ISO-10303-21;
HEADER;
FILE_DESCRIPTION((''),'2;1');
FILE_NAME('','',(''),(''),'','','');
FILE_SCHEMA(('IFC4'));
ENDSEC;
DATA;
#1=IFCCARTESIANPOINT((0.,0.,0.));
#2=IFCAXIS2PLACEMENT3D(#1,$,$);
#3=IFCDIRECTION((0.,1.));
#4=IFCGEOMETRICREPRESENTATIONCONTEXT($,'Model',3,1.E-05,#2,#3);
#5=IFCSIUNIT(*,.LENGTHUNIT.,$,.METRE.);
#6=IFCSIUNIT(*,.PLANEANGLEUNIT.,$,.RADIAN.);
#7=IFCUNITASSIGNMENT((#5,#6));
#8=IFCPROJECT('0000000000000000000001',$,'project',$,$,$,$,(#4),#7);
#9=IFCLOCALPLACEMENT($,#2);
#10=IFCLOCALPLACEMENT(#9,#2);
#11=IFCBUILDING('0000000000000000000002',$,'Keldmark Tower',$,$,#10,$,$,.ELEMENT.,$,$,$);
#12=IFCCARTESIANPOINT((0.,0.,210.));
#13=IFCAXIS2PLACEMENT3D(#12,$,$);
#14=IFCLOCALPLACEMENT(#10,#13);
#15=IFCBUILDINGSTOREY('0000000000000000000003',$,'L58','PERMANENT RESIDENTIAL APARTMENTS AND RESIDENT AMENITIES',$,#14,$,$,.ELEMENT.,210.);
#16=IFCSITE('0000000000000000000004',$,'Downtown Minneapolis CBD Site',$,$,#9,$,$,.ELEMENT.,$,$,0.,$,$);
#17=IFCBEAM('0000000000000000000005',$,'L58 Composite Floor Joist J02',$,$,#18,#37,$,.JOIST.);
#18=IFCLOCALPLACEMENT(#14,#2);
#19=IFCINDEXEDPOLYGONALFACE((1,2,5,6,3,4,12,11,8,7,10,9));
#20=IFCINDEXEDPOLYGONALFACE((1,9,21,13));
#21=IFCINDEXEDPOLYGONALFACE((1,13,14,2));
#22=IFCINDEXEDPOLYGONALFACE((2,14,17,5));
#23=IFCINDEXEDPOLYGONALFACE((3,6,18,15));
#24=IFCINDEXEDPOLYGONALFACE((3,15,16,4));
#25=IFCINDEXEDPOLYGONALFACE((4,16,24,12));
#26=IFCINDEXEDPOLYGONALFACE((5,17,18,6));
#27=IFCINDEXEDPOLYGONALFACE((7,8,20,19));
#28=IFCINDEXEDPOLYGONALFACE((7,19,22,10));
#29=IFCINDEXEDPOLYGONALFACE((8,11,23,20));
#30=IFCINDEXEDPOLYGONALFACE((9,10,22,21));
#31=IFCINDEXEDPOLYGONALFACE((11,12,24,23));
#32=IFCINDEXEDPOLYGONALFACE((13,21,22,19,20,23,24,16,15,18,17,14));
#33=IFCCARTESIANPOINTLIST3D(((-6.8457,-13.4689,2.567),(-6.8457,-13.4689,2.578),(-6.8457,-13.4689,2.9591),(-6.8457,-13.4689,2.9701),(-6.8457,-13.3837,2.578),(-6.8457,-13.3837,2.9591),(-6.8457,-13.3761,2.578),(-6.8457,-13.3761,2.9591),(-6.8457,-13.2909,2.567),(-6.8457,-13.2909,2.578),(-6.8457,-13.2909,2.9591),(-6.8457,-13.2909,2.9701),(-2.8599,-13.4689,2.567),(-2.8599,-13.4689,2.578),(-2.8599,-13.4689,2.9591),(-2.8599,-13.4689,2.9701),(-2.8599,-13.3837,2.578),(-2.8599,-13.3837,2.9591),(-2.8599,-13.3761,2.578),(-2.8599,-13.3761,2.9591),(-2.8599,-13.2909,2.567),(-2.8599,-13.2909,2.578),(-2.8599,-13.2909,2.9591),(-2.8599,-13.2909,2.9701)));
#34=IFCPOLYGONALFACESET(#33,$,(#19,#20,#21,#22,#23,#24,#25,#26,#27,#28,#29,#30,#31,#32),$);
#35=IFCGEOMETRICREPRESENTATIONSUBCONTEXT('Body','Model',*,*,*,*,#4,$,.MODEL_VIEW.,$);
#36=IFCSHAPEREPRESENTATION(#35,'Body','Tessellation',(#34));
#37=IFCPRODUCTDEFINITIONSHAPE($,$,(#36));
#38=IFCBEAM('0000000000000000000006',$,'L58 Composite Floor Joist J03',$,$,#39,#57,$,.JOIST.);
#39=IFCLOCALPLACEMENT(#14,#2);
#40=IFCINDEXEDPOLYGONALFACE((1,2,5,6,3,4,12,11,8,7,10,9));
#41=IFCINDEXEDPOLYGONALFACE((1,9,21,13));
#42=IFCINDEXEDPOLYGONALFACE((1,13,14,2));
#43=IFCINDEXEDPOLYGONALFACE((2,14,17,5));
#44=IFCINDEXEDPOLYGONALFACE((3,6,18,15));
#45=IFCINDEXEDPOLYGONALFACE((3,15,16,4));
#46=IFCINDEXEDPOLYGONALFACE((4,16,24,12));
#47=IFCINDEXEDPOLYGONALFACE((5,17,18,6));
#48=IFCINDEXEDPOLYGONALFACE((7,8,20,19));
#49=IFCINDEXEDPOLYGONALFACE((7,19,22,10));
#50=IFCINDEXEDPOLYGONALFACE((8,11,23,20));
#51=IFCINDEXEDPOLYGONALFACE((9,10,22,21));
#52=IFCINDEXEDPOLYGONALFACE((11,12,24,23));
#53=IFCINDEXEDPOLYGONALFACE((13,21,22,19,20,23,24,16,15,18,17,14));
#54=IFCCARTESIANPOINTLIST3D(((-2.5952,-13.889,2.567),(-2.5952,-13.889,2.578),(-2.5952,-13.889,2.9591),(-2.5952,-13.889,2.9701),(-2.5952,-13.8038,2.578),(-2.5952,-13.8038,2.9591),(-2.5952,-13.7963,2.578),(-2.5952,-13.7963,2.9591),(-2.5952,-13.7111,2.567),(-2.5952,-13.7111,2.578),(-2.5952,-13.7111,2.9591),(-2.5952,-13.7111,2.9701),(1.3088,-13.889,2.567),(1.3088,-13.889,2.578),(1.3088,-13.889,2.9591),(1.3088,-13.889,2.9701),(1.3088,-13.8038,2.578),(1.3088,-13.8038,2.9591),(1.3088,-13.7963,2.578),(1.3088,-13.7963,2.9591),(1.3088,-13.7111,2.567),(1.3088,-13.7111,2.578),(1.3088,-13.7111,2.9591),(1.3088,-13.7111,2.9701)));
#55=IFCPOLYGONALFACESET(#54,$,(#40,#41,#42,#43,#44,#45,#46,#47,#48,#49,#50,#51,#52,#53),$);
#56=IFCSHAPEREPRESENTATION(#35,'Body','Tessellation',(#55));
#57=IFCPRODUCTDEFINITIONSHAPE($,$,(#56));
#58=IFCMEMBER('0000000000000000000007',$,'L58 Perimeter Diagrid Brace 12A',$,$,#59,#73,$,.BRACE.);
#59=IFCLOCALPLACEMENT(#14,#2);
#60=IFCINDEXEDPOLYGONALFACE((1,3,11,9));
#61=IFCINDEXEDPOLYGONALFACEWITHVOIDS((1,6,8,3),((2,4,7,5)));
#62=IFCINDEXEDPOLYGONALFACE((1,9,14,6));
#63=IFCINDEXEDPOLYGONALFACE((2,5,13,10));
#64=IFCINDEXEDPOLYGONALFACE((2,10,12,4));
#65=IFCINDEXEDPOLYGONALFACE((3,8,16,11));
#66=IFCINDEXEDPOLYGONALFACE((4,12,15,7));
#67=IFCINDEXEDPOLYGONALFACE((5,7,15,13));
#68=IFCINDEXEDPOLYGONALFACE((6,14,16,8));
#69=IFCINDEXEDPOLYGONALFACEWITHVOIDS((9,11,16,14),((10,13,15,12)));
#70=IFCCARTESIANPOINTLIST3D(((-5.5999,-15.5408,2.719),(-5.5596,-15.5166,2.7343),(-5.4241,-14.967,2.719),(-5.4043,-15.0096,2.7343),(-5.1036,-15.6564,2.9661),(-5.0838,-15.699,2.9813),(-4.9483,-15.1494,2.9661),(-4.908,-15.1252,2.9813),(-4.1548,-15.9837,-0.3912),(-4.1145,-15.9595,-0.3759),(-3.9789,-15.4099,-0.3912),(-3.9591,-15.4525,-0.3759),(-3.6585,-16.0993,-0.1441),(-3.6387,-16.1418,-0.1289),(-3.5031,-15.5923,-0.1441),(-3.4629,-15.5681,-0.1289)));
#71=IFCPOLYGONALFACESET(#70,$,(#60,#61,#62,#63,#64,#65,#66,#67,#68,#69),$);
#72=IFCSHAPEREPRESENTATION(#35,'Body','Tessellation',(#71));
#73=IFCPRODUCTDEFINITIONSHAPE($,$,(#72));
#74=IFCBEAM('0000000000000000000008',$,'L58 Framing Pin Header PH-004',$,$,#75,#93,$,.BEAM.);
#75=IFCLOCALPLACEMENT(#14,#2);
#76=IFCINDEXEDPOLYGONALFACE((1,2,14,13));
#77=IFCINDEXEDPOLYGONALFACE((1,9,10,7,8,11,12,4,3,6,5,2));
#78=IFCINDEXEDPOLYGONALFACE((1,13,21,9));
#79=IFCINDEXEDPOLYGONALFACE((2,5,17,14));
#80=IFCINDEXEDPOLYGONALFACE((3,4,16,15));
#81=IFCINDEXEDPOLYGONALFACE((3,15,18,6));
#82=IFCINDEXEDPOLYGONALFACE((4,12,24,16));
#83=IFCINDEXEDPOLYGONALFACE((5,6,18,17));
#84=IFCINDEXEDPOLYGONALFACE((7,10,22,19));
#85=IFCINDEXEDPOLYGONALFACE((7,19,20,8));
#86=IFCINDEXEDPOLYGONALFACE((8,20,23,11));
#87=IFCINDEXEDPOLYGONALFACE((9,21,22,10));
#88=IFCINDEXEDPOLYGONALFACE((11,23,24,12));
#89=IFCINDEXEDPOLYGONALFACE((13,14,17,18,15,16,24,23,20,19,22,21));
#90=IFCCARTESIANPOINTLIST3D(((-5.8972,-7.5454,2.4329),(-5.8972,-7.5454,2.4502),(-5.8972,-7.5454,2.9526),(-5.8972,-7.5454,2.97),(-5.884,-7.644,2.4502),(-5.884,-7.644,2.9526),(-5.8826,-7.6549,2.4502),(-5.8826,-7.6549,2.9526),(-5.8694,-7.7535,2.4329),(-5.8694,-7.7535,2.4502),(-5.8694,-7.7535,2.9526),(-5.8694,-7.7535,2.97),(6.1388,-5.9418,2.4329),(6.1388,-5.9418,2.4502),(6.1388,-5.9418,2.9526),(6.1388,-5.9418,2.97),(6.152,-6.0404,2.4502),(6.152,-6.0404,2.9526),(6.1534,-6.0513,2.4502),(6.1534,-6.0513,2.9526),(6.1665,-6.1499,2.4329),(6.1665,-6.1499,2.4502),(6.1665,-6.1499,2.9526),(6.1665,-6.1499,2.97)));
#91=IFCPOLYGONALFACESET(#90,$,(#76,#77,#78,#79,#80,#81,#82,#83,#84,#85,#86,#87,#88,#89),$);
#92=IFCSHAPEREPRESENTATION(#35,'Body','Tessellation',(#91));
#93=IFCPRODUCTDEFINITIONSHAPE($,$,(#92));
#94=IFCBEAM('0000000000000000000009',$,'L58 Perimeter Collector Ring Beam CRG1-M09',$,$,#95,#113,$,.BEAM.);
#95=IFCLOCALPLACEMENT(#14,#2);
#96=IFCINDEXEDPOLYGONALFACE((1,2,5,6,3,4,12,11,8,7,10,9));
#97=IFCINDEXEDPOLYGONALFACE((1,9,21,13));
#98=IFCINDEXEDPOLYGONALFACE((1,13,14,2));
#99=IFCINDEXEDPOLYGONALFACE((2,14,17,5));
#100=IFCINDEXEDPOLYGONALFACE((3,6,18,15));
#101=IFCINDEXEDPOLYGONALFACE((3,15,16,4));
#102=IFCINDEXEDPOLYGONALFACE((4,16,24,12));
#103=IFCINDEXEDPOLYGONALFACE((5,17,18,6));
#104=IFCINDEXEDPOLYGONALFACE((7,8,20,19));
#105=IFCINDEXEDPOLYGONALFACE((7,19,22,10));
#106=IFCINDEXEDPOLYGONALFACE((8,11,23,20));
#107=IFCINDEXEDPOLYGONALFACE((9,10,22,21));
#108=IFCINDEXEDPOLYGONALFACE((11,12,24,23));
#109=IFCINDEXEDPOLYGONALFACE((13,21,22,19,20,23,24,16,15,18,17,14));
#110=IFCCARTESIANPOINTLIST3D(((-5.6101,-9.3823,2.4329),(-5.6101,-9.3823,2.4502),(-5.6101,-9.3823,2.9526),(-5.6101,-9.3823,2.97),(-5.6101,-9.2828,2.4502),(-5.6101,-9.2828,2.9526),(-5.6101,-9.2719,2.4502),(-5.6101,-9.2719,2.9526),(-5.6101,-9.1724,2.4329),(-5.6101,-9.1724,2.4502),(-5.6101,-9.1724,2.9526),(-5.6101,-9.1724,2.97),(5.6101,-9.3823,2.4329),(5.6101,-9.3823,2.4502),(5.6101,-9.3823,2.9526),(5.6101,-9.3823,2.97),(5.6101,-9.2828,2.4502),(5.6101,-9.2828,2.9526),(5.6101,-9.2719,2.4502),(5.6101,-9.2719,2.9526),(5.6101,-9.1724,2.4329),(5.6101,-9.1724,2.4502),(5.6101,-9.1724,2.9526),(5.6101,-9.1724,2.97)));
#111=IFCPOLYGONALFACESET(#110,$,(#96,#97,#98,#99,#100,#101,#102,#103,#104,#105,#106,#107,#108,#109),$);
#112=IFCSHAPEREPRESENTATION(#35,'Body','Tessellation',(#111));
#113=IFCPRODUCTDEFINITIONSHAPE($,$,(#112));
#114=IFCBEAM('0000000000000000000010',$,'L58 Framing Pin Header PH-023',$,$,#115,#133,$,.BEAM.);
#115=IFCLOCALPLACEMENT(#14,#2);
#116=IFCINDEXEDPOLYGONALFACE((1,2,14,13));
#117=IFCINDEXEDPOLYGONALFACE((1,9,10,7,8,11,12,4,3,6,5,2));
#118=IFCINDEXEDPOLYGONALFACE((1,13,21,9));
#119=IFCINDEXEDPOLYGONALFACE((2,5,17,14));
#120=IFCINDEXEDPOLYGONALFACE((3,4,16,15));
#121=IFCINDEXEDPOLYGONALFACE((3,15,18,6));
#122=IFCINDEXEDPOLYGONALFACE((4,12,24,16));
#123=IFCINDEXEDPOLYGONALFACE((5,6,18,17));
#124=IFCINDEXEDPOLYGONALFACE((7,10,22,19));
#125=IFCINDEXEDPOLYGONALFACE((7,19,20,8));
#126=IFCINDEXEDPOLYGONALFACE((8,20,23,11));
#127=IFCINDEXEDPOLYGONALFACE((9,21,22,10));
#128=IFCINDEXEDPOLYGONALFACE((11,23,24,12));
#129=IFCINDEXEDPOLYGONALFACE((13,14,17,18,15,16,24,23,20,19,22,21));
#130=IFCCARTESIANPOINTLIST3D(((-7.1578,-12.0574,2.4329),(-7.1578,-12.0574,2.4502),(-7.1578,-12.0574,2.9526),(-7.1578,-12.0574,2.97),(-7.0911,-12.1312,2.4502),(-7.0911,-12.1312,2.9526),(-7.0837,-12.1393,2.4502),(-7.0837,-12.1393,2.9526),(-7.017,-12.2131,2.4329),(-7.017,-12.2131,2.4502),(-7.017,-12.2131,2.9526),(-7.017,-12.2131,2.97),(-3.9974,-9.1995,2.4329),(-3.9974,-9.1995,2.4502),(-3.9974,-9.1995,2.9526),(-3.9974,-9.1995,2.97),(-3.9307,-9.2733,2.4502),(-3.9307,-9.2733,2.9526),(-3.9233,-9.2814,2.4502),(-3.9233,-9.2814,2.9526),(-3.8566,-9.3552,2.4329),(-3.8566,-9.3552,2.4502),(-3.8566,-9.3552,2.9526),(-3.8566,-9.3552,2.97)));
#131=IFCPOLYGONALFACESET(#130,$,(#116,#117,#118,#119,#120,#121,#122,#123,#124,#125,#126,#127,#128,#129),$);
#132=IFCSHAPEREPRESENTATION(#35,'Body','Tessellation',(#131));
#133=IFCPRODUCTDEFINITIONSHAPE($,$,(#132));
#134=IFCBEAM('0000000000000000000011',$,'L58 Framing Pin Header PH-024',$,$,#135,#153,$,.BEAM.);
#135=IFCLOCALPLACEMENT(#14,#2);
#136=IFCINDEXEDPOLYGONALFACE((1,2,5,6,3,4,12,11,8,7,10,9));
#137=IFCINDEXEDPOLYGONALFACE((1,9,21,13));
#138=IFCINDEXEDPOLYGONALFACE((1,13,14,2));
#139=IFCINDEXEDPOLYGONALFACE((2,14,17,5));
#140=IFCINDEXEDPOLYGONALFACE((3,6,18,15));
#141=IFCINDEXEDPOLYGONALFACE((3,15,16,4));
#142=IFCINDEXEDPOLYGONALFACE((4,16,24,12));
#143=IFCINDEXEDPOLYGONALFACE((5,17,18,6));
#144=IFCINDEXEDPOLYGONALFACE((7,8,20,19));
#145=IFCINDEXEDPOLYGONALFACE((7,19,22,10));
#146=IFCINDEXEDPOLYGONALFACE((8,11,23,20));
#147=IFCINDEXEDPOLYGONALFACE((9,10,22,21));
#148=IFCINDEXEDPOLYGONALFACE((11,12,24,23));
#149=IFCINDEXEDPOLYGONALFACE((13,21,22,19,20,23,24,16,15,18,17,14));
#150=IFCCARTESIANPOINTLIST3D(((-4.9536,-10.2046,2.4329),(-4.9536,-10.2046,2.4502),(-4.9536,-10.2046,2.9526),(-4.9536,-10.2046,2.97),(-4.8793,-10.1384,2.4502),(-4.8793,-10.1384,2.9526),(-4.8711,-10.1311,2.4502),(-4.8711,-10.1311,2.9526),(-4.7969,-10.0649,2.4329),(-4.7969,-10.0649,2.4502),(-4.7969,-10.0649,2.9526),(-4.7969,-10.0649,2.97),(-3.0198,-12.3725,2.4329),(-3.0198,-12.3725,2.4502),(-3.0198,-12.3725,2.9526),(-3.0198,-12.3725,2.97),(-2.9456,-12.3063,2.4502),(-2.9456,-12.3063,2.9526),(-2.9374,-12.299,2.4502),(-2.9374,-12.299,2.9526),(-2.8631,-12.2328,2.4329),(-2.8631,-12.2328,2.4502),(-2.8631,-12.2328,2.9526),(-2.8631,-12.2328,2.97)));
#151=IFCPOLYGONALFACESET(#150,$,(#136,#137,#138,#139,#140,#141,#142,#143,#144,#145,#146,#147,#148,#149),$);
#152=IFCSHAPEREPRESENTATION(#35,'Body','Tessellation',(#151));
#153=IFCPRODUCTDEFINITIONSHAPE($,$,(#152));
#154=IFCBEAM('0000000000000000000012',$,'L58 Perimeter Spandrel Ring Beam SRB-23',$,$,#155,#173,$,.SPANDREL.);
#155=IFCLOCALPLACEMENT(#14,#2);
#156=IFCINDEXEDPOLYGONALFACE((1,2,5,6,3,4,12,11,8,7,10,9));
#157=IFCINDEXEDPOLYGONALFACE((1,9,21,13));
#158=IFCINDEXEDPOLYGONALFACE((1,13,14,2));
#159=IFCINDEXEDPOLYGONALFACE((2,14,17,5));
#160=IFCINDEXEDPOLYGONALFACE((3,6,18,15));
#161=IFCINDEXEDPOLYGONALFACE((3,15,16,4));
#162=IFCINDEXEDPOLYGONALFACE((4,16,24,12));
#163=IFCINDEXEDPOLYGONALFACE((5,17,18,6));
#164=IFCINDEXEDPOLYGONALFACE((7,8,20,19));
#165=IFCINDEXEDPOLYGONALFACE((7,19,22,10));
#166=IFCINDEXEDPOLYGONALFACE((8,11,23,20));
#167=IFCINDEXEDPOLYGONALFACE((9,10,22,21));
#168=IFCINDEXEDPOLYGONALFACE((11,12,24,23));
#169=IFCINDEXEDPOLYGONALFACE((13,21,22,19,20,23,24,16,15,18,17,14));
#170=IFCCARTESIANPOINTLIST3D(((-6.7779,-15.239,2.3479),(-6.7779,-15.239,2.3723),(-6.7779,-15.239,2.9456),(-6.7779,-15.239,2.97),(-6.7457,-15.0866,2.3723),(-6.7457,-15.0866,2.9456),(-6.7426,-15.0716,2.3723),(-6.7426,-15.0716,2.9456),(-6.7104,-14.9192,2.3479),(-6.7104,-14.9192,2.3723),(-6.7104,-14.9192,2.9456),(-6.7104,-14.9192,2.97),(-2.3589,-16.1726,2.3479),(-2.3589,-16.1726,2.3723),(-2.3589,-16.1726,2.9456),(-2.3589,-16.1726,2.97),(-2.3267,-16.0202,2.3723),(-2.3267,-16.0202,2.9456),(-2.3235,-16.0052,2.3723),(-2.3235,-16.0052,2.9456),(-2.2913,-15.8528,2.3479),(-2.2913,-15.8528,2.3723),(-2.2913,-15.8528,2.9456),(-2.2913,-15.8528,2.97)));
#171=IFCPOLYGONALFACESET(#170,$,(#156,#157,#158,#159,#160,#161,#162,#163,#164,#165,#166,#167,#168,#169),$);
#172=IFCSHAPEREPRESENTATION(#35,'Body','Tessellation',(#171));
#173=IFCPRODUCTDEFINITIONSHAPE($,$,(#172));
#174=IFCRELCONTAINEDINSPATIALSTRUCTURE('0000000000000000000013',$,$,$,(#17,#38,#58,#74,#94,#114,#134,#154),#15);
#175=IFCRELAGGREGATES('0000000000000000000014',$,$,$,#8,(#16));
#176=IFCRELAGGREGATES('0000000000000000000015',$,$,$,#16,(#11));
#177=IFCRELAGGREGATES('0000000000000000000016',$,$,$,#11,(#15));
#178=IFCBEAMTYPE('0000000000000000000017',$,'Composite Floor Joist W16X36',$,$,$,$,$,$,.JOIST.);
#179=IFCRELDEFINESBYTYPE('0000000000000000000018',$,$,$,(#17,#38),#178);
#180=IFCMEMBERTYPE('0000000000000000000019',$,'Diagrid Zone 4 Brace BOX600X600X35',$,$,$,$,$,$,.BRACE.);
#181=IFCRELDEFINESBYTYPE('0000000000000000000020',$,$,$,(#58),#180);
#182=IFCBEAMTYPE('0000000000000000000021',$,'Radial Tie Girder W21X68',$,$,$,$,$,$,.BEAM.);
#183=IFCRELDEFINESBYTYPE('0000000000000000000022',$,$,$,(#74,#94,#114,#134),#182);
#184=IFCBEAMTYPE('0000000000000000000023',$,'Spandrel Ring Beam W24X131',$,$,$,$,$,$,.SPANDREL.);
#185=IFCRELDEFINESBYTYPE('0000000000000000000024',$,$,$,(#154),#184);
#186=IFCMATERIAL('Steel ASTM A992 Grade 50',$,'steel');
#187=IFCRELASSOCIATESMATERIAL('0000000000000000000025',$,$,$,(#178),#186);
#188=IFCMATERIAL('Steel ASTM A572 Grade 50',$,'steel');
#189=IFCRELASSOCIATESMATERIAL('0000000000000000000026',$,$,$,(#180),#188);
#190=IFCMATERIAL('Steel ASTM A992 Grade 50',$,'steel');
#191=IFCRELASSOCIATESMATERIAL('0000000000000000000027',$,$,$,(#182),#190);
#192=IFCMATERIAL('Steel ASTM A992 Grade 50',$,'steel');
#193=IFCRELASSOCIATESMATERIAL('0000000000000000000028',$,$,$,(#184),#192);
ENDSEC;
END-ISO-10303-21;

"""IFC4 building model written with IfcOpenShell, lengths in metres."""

from ifc_helpers import new_model, si_unit, direction, frame, origin, origin_2d, place, context, subcontext, project, spatial, hollow_rectangle, i_section, extrude, material, material_profile, profile_set, type_object, element, save


model = new_model("IFC4")

# Units and contexts
model_context = context("Model", 3, precision=1e-05, world=origin(), true_north=direction((0.0, 1.0)))
body_context = subcontext(model_context, "Body", "Model", "MODEL_VIEW")
ifc_project = project(units=[si_unit("LENGTHUNIT", "METRE"), si_unit("PLANEANGLEUNIT", "RADIAN")], contexts=[model_context])

# Site, building, storey
site_placement = place(None, origin())
site = spatial("IfcSite", under=ifc_project, at=site_placement, Name="Downtown Minneapolis CBD Site", CompositionType="ELEMENT", RefElevation=0.0)
building_placement = place(site_placement, origin())
building = spatial("IfcBuilding", under=site, at=building_placement, Name="Keldmark Tower", CompositionType="ELEMENT")
storey_placement = place(building_placement, frame((0.0, 0.0, 210.0)))
storey = spatial("IfcBuildingStorey", under=building, at=storey_placement, Name="L58", Description="PERMANENT RESIDENTIAL APARTMENTS AND RESIDENT AMENITIES", CompositionType="ELEMENT", Elevation=210.0)

# Beams
ifc_material_1 = material(Name="Steel ASTM A992 Grade 50", Category="steel")
ifc_material_profile_1 = material_profile(ifc_material_1, i_section(OverallWidth=0.178, OverallDepth=0.4031, WebThickness=0.0076, FlangeThickness=0.011, at=origin_2d()), Name="W16X36")
ifc_profile_set_1 = profile_set([ifc_material_profile_1], Name="Steel ASTM A992 Grade 50")
beam_type_1 = type_object("IfcBeamType", Name="Composite Floor Joist W16X36", PredefinedType="JOIST", material=ifc_profile_set_1)
beam_1_placement = place(storey_placement, frame((-6.8457, -13.3799, 2.7686), z_axis=(1.0, 0.0, 0.0), x_axis=(0.0, 1.0, 0.0)))
element("IfcBeam", 1, at=beam_1_placement, inside=storey, type_object=beam_type_1, Name="L58 Composite Floor Joist J02", PredefinedType="JOIST", context=body_context, shape_type="SweptSolid", body=[
    extrude(i_section(OverallWidth=0.178, OverallDepth=0.4031, WebThickness=0.0076, FlangeThickness=0.011, at=origin_2d()), origin(), (0.0, 0.0, 1.0), 3.9858),
])
beam_2_placement = place(storey_placement, frame((-2.5952, -13.8, 2.7686), z_axis=(1.0, 0.0, 0.0), x_axis=(0.0, 1.0, 0.0)))
element("IfcBeam", 2, at=beam_2_placement, inside=storey, type_object=beam_type_1, Name="L58 Composite Floor Joist J03", PredefinedType="JOIST", context=body_context, shape_type="SweptSolid", body=[
    extrude(i_section(OverallWidth=0.178, OverallDepth=0.4031, WebThickness=0.0076, FlangeThickness=0.011, at=origin_2d()), origin(), (0.0, 0.0, 1.0), 3.9041),
])

# Member
ifc_material_2 = material(Name="Steel ASTM A572 Grade 50", Category="steel")
ifc_material_profile_2 = material_profile(ifc_material_2, hollow_rectangle(XDim=0.6001, YDim=0.6001, WallThickness=0.0349, at=origin_2d()), Name="BOX600X600X35")
ifc_profile_set_2 = profile_set([ifc_material_profile_2], Name="Steel ASTM A572 Grade 50")
member_type = type_object("IfcMemberType", Name="Diagrid Zone 4 Brace BOX600X600X35", PredefinedType="BRACE", material=ifc_profile_set_2)
member_placement = place(storey_placement, frame((-3.8088, -15.7759, -0.26), z_axis=(-0.417903, 0.128075, 0.899419), x_axis=(-0.293019, -0.956107, 0.0)))
element("IfcMember", 3, at=member_placement, inside=storey, type_object=member_type, Name="L58 Perimeter Diagrid Brace 12A", PredefinedType="BRACE", context=body_context, shape_type="SweptSolid", body=[
    extrude(hollow_rectangle(XDim=0.6001, YDim=0.6001, WallThickness=0.0349, at=origin_2d()), origin(), (0.0, 0.0, 1.0), 3.458),
])

# Beams
ifc_material_3 = material(Name="Steel ASTM A992 Grade 50", Category="steel")
ifc_material_profile_3 = material_profile(ifc_material_3, i_section(OverallWidth=0.21, OverallDepth=0.5371, WebThickness=0.011, FlangeThickness=0.0173, at=origin_2d()), Name="W21X68")
ifc_profile_set_3 = profile_set([ifc_material_profile_3], Name="Steel ASTM A992 Grade 50")
beam_type_2 = type_object("IfcBeamType", Name="Radial Tie Girder W21X68", PredefinedType="BEAM", material=ifc_profile_set_3)
beam_3_placement = place(storey_placement, frame((-5.8833, -7.6494, 2.7014), z_axis=(0.991242, 0.132061, 0.0), x_axis=(-0.132061, 0.991242, 0.0)))
element("IfcBeam", 4, at=beam_3_placement, inside=storey, type_object=beam_type_2, Name="L58 Framing Pin Header PH-004", PredefinedType="BEAM", context=body_context, shape_type="SweptSolid", body=[
    extrude(i_section(OverallWidth=0.21, OverallDepth=0.5371, WebThickness=0.011, FlangeThickness=0.0173, at=origin_2d()), origin(), (0.0, 0.0, 1.0), 12.1423),
])
beam_4_placement = place(storey_placement, frame((-5.6101, -9.2773, 2.7014), z_axis=(1.0, 0.0, 0.0), x_axis=(0.0, 1.0, 0.0)))
element("IfcBeam", 5, at=beam_4_placement, inside=storey, type_object=beam_type_2, Name="L58 Perimeter Collector Ring Beam CRG1-M09", PredefinedType="BEAM", context=body_context, shape_type="SweptSolid", body=[
    extrude(i_section(OverallWidth=0.21, OverallDepth=0.5371, WebThickness=0.011, FlangeThickness=0.0173, at=origin_2d()), origin(), (0.0, 0.0, 1.0), 11.2202),
])
beam_5_placement = place(storey_placement, frame((-3.927, -9.2773, 2.7014), z_axis=(-0.741711, -0.67072, 0.0), x_axis=(0.67072, -0.741711, 0.0)))
element("IfcBeam", 6, at=beam_5_placement, inside=storey, type_object=beam_type_2, Name="L58 Framing Pin Header PH-023", PredefinedType="BEAM", context=body_context, shape_type="SweptSolid", body=[
    extrude(i_section(OverallWidth=0.21, OverallDepth=0.5371, WebThickness=0.011, FlangeThickness=0.0173, at=origin_2d()), origin(), (0.0, 0.0, 1.0), 4.261),
])
beam_6_placement = place(storey_placement, frame((-4.8752, -10.1348, 2.7014), z_axis=(0.665662, -0.746254, 0.0), x_axis=(0.746254, 0.665662, 0.0)))
element("IfcBeam", 7, at=beam_6_placement, inside=storey, type_object=beam_type_2, Name="L58 Framing Pin Header PH-024", PredefinedType="BEAM", context=body_context, shape_type="SweptSolid", body=[
    extrude(i_section(OverallWidth=0.21, OverallDepth=0.5371, WebThickness=0.011, FlangeThickness=0.0173, at=origin_2d()), origin(), (0.0, 0.0, 1.0), 2.905),
])
ifc_material_4 = material(Name="Steel ASTM A992 Grade 50", Category="steel")
ifc_material_profile_4 = material_profile(ifc_material_4, i_section(OverallWidth=0.3269, OverallDepth=0.6221, WebThickness=0.0154, FlangeThickness=0.0244, at=origin_2d()), Name="W24X131")
ifc_profile_set_4 = profile_set([ifc_material_profile_4], Name="Steel ASTM A992 Grade 50")
beam_type_3 = type_object("IfcBeamType", Name="Spandrel Ring Beam W24X131", PredefinedType="SPANDREL", material=ifc_profile_set_4)
beam_7_placement = place(storey_placement, frame((-6.7441, -15.0791, 2.6589), z_axis=(0.978403, -0.206708, 0.0), x_axis=(0.206708, 0.978403, 0.0)))
element("IfcBeam", 8, at=beam_7_placement, inside=storey, type_object=beam_type_3, Name="L58 Perimeter Spandrel Ring Beam SRB-23", PredefinedType="SPANDREL", context=body_context, shape_type="SweptSolid", body=[
    extrude(i_section(OverallWidth=0.3269, OverallDepth=0.6221, WebThickness=0.0154, FlangeThickness=0.0244, at=origin_2d()), origin(), (0.0, 0.0, 1.0), 4.5166),
])

save(model, "model.ifc")
